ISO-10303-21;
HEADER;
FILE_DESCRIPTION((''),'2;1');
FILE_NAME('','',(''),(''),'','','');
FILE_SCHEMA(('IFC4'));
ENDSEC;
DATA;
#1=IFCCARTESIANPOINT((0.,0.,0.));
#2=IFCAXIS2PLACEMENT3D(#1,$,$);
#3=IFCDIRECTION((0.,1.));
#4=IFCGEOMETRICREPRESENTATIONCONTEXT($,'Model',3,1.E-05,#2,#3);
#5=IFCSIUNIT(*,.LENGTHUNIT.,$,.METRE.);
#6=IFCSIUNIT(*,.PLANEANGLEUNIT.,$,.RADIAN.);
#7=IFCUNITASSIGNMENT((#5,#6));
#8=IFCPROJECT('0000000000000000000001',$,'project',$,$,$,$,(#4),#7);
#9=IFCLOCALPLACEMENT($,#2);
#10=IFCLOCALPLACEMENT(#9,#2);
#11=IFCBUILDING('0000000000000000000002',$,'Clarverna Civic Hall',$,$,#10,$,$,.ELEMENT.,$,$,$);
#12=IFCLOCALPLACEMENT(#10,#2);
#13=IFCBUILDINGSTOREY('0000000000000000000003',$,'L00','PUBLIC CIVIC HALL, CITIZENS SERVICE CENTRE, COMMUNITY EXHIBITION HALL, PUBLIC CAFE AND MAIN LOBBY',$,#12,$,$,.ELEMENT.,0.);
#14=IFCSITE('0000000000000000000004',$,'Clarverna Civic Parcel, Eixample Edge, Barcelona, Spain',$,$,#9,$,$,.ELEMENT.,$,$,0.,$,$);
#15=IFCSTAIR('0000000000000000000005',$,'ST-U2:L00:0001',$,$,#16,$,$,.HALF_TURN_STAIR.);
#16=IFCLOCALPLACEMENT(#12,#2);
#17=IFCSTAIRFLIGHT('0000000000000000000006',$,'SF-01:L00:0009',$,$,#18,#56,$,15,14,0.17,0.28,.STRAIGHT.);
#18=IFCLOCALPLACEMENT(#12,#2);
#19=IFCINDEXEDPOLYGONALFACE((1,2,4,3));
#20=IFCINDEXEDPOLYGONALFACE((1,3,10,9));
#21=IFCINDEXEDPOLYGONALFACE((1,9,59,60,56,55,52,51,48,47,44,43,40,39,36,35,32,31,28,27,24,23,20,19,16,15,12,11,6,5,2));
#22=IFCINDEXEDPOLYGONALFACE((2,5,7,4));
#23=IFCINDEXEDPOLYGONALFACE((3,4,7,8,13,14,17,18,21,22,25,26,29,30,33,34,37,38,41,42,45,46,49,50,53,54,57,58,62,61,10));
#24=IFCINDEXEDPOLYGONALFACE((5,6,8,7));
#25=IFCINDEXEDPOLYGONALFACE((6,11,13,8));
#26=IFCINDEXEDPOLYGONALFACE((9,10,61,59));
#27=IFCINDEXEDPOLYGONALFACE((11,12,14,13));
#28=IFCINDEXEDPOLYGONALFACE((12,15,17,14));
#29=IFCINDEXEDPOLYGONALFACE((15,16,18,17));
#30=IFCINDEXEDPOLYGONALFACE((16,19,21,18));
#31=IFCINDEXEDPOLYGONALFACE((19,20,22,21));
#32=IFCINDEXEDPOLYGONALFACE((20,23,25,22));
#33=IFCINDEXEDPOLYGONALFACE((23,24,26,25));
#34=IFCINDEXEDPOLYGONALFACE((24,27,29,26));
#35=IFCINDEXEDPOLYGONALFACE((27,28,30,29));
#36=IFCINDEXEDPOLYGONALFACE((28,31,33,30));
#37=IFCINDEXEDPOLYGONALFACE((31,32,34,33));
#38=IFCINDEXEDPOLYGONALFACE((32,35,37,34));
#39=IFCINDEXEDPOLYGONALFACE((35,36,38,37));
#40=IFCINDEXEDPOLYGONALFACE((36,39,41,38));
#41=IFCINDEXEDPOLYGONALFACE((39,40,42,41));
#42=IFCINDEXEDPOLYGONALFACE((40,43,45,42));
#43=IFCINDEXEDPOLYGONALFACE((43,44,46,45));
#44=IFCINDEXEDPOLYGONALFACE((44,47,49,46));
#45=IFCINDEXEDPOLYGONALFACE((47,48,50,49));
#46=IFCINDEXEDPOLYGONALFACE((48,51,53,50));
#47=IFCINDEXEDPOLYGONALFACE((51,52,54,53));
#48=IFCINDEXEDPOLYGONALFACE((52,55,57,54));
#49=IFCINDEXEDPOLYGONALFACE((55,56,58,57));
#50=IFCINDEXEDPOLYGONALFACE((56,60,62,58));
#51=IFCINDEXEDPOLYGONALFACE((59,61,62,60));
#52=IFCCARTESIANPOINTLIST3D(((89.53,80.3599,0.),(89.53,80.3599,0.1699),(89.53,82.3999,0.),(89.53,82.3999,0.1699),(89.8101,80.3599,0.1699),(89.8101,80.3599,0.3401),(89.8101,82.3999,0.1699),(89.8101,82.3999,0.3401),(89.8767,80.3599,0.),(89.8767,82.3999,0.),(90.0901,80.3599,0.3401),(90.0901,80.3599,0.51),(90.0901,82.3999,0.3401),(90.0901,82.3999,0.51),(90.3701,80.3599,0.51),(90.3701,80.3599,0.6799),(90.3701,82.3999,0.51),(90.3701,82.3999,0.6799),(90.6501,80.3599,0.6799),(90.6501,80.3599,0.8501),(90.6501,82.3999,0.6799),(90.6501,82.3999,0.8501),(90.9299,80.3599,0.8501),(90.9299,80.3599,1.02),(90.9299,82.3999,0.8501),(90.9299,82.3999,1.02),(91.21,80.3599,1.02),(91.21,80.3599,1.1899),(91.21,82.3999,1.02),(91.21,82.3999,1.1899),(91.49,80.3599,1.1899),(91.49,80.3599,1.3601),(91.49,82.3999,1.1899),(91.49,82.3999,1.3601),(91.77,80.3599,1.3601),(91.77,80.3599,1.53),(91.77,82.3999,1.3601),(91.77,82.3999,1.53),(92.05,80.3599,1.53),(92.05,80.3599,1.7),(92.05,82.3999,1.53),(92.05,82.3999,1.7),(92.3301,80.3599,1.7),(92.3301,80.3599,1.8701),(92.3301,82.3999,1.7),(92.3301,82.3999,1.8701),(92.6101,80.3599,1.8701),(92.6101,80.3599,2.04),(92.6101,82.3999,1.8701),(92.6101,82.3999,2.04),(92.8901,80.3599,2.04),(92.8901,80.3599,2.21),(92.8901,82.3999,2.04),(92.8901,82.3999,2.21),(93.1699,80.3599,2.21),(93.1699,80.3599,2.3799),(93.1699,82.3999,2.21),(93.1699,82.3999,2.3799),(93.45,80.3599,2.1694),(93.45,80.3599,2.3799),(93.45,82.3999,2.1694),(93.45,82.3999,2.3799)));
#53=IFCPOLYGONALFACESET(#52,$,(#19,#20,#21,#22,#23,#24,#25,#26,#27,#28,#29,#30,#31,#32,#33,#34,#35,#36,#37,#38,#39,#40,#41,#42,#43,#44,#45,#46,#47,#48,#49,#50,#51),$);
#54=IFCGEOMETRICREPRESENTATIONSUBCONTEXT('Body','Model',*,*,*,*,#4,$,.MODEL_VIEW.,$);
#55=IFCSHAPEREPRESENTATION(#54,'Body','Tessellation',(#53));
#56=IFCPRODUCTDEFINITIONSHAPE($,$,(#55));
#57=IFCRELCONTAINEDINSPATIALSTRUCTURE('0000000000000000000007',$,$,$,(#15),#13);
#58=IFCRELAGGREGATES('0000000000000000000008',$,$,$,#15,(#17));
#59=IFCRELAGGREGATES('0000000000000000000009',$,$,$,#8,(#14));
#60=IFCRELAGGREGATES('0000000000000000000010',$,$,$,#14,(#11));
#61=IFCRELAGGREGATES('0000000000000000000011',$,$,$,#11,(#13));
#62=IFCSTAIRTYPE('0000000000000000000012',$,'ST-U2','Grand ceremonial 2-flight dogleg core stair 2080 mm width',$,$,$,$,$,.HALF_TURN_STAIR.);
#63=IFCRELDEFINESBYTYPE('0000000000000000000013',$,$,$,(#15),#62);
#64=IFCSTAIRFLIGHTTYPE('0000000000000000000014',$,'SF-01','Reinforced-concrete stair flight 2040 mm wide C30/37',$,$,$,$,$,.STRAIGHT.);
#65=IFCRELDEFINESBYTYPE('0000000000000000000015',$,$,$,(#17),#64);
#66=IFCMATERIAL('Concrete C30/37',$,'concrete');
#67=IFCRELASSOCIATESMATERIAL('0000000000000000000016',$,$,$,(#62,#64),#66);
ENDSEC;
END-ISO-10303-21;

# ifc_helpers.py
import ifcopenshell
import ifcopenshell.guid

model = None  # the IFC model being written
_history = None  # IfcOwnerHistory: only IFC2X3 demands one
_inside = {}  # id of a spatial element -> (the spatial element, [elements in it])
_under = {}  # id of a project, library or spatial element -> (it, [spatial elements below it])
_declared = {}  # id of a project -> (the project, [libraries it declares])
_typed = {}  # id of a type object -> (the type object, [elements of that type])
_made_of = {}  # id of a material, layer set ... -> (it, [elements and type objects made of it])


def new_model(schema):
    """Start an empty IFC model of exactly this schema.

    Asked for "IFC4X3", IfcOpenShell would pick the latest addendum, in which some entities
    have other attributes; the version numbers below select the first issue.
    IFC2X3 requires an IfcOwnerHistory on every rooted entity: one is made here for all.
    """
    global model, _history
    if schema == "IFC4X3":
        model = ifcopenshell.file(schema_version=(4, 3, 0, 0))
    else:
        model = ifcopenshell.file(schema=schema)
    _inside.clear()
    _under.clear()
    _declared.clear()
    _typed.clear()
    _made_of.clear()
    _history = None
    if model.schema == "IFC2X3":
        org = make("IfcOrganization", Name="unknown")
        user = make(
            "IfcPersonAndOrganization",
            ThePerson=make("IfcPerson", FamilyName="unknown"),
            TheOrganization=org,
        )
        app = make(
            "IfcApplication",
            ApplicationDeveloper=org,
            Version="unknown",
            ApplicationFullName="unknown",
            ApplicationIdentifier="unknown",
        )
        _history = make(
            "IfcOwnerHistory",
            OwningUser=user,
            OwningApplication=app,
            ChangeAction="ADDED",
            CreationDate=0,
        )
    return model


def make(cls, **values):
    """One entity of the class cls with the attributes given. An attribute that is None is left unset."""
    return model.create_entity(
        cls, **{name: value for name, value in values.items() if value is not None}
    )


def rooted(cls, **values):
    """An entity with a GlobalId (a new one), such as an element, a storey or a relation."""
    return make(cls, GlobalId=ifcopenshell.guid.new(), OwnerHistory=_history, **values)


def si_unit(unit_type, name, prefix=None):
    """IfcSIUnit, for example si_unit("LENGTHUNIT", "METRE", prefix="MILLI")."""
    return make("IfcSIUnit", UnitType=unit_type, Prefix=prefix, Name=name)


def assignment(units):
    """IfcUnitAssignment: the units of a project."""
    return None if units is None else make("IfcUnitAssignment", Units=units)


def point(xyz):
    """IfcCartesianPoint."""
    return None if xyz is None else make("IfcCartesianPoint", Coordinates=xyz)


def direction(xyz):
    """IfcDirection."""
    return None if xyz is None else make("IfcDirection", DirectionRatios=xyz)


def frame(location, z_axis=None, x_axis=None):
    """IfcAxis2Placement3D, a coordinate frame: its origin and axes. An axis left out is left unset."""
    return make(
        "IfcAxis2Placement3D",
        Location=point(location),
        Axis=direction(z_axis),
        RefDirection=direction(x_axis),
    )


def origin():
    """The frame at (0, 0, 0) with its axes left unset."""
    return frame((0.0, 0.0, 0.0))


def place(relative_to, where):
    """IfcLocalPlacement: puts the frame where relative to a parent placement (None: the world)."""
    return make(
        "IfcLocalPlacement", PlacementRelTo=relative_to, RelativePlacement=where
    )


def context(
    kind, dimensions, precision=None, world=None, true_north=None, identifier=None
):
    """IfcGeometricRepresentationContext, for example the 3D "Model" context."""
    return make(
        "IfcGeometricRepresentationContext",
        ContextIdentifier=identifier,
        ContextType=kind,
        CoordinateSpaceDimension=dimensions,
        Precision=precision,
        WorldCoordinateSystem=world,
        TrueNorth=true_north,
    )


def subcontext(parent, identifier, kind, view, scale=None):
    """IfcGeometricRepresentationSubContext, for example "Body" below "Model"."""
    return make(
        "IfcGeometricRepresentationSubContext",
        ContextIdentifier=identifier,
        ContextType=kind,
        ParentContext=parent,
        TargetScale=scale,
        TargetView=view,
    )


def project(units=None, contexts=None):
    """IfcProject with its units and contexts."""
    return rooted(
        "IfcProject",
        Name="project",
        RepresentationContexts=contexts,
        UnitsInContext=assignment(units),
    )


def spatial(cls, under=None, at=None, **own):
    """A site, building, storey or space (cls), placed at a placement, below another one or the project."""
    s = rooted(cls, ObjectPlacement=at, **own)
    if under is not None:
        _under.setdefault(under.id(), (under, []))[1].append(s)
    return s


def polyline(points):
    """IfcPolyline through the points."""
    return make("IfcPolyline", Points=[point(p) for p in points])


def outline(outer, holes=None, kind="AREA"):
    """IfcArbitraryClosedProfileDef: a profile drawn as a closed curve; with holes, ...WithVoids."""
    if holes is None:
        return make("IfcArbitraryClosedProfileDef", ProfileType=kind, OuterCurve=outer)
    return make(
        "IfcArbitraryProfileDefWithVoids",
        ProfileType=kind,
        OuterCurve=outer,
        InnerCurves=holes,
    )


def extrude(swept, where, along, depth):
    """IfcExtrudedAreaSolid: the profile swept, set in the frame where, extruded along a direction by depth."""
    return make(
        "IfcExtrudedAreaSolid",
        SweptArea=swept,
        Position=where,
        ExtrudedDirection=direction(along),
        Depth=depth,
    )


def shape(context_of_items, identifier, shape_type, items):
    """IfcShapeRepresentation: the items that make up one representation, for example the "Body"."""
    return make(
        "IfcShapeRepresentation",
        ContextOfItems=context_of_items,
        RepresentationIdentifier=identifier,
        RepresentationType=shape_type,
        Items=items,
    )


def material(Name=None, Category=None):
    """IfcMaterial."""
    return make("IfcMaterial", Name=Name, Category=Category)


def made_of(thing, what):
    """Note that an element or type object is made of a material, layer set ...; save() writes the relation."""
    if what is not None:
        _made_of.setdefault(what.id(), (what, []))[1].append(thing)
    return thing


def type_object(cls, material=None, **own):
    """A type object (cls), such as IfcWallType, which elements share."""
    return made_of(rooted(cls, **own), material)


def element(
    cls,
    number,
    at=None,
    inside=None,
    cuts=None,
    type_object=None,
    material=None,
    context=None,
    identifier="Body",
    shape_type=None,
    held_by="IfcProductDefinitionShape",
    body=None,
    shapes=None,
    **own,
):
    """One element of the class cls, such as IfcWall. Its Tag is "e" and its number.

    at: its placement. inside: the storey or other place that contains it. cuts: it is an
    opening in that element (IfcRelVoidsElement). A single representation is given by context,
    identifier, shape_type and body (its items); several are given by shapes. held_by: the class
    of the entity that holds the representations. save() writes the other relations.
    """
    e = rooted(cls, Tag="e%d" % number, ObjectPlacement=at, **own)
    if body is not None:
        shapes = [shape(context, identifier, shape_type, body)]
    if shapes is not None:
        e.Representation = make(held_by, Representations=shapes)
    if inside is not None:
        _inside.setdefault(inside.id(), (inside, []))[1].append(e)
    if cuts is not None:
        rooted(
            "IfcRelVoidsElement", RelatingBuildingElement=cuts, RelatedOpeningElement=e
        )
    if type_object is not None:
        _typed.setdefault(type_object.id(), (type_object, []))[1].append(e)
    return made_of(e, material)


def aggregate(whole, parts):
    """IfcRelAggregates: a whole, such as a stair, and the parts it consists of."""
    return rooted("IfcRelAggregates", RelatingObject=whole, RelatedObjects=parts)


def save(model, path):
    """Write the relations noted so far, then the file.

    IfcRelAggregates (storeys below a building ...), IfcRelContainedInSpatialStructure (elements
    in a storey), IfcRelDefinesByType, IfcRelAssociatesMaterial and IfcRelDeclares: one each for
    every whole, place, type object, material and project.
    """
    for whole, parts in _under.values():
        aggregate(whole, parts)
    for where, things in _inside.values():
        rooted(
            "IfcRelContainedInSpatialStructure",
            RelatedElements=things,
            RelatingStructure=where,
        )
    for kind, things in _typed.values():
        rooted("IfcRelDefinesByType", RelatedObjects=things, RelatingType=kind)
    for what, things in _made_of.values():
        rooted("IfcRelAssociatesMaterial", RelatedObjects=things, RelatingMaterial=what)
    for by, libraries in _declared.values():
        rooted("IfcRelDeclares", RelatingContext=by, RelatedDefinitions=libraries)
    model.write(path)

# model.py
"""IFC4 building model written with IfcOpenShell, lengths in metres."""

from ifc_helpers import new_model, si_unit, direction, frame, origin, place, context, subcontext, project, spatial, polyline, outline, extrude, material, type_object, element, aggregate, save


model = new_model("IFC4")

# Units and contexts
model_context = context("Model", 3, precision=1e-05, world=origin(), true_north=direction((0.0, 1.0)))
body_context = subcontext(model_context, "Body", "Model", "MODEL_VIEW")
ifc_project = project(units=[si_unit("LENGTHUNIT", "METRE"), si_unit("PLANEANGLEUNIT", "RADIAN")], contexts=[model_context])

# Site, building, storey
site_placement = place(None, origin())
site = spatial("IfcSite", under=ifc_project, at=site_placement, Name="Clarverna Civic Parcel, Eixample Edge, Barcelona, Spain", CompositionType="ELEMENT", RefElevation=0.0)
building_placement = place(site_placement, origin())
building = spatial("IfcBuilding", under=site, at=building_placement, Name="Clarverna Civic Hall", CompositionType="ELEMENT")
storey_placement = place(building_placement, origin())
storey = spatial("IfcBuildingStorey", under=building, at=storey_placement, Name="L00", Description="PUBLIC CIVIC HALL, CITIZENS SERVICE CENTRE, COMMUNITY EXHIBITION HALL, PUBLIC CAFE AND MAIN LOBBY", CompositionType="ELEMENT", Elevation=0.0)

# Stair, stair flight
ifc_material_1 = material(Name="Concrete C30/37", Category="concrete")
stair_type = type_object("IfcStairType", Name="ST-U2", Description="Grand ceremonial 2-flight dogleg core stair 2080 mm width", PredefinedType="HALF_TURN_STAIR", material=ifc_material_1)
stair_placement = place(storey_placement, origin())
stair = element("IfcStair", 1, at=stair_placement, inside=storey, type_object=stair_type, Name="ST-U2:L00:0001", PredefinedType="HALF_TURN_STAIR")
stair_flight_type = type_object("IfcStairFlightType", Name="SF-01", Description="Reinforced-concrete stair flight 2040 mm wide C30/37", PredefinedType="STRAIGHT", material=ifc_material_1)
stair_flight_placement = place(storey_placement, frame((89.53, 81.3799, 0.0), z_axis=(0.0, 0.0, 1.0), x_axis=(1.0, 0.0, 0.0)))
stair_flight = element("IfcStairFlight", 2, at=stair_flight_placement, type_object=stair_flight_type, Name="SF-01:L00:0009", NumberOfRisers=15, NumberOfTreads=14, PredefinedType="STRAIGHT", RiserHeight=0.17, TreadLength=0.28, context=body_context, shape_type="SweptSolid", body=[
    extrude(outline(polyline([(0.0, 0.0), (0.0, 0.1699), (0.28, 0.1699), (0.28, 0.3401), (0.5601, 0.3401), (0.5601, 0.51), (0.8401, 0.51), (0.8401, 0.6799), (1.1201, 0.6799), (1.1201, 0.8501), (1.3999, 0.8501), (1.3999, 1.02), (1.6799, 1.02), (1.6799, 1.1899), (1.96, 1.1899), (1.96, 1.3601), (2.24, 1.3601), (2.24, 1.53), (2.52, 1.53), (2.52, 1.7), (2.8, 1.7), (2.8, 1.8701), (3.0801, 1.8701), (3.0801, 2.04), (3.3601, 2.04), (3.3601, 2.21), (3.6399, 2.21), (3.6399, 2.3799), (3.9199, 2.3799), (3.9199, 2.55), (3.9199, 2.1694), (0.3467, 0.0), (0.0, 0.0)])), frame((0.0, 1.02, 0.0), z_axis=(0.0, -1.0, 0.0), x_axis=(1.0, 0.0, 0.0)), (0.0, 0.0, 1.0), 2.04),
])
aggregate(stair, [stair_flight])

save(model, "model.ifc")
